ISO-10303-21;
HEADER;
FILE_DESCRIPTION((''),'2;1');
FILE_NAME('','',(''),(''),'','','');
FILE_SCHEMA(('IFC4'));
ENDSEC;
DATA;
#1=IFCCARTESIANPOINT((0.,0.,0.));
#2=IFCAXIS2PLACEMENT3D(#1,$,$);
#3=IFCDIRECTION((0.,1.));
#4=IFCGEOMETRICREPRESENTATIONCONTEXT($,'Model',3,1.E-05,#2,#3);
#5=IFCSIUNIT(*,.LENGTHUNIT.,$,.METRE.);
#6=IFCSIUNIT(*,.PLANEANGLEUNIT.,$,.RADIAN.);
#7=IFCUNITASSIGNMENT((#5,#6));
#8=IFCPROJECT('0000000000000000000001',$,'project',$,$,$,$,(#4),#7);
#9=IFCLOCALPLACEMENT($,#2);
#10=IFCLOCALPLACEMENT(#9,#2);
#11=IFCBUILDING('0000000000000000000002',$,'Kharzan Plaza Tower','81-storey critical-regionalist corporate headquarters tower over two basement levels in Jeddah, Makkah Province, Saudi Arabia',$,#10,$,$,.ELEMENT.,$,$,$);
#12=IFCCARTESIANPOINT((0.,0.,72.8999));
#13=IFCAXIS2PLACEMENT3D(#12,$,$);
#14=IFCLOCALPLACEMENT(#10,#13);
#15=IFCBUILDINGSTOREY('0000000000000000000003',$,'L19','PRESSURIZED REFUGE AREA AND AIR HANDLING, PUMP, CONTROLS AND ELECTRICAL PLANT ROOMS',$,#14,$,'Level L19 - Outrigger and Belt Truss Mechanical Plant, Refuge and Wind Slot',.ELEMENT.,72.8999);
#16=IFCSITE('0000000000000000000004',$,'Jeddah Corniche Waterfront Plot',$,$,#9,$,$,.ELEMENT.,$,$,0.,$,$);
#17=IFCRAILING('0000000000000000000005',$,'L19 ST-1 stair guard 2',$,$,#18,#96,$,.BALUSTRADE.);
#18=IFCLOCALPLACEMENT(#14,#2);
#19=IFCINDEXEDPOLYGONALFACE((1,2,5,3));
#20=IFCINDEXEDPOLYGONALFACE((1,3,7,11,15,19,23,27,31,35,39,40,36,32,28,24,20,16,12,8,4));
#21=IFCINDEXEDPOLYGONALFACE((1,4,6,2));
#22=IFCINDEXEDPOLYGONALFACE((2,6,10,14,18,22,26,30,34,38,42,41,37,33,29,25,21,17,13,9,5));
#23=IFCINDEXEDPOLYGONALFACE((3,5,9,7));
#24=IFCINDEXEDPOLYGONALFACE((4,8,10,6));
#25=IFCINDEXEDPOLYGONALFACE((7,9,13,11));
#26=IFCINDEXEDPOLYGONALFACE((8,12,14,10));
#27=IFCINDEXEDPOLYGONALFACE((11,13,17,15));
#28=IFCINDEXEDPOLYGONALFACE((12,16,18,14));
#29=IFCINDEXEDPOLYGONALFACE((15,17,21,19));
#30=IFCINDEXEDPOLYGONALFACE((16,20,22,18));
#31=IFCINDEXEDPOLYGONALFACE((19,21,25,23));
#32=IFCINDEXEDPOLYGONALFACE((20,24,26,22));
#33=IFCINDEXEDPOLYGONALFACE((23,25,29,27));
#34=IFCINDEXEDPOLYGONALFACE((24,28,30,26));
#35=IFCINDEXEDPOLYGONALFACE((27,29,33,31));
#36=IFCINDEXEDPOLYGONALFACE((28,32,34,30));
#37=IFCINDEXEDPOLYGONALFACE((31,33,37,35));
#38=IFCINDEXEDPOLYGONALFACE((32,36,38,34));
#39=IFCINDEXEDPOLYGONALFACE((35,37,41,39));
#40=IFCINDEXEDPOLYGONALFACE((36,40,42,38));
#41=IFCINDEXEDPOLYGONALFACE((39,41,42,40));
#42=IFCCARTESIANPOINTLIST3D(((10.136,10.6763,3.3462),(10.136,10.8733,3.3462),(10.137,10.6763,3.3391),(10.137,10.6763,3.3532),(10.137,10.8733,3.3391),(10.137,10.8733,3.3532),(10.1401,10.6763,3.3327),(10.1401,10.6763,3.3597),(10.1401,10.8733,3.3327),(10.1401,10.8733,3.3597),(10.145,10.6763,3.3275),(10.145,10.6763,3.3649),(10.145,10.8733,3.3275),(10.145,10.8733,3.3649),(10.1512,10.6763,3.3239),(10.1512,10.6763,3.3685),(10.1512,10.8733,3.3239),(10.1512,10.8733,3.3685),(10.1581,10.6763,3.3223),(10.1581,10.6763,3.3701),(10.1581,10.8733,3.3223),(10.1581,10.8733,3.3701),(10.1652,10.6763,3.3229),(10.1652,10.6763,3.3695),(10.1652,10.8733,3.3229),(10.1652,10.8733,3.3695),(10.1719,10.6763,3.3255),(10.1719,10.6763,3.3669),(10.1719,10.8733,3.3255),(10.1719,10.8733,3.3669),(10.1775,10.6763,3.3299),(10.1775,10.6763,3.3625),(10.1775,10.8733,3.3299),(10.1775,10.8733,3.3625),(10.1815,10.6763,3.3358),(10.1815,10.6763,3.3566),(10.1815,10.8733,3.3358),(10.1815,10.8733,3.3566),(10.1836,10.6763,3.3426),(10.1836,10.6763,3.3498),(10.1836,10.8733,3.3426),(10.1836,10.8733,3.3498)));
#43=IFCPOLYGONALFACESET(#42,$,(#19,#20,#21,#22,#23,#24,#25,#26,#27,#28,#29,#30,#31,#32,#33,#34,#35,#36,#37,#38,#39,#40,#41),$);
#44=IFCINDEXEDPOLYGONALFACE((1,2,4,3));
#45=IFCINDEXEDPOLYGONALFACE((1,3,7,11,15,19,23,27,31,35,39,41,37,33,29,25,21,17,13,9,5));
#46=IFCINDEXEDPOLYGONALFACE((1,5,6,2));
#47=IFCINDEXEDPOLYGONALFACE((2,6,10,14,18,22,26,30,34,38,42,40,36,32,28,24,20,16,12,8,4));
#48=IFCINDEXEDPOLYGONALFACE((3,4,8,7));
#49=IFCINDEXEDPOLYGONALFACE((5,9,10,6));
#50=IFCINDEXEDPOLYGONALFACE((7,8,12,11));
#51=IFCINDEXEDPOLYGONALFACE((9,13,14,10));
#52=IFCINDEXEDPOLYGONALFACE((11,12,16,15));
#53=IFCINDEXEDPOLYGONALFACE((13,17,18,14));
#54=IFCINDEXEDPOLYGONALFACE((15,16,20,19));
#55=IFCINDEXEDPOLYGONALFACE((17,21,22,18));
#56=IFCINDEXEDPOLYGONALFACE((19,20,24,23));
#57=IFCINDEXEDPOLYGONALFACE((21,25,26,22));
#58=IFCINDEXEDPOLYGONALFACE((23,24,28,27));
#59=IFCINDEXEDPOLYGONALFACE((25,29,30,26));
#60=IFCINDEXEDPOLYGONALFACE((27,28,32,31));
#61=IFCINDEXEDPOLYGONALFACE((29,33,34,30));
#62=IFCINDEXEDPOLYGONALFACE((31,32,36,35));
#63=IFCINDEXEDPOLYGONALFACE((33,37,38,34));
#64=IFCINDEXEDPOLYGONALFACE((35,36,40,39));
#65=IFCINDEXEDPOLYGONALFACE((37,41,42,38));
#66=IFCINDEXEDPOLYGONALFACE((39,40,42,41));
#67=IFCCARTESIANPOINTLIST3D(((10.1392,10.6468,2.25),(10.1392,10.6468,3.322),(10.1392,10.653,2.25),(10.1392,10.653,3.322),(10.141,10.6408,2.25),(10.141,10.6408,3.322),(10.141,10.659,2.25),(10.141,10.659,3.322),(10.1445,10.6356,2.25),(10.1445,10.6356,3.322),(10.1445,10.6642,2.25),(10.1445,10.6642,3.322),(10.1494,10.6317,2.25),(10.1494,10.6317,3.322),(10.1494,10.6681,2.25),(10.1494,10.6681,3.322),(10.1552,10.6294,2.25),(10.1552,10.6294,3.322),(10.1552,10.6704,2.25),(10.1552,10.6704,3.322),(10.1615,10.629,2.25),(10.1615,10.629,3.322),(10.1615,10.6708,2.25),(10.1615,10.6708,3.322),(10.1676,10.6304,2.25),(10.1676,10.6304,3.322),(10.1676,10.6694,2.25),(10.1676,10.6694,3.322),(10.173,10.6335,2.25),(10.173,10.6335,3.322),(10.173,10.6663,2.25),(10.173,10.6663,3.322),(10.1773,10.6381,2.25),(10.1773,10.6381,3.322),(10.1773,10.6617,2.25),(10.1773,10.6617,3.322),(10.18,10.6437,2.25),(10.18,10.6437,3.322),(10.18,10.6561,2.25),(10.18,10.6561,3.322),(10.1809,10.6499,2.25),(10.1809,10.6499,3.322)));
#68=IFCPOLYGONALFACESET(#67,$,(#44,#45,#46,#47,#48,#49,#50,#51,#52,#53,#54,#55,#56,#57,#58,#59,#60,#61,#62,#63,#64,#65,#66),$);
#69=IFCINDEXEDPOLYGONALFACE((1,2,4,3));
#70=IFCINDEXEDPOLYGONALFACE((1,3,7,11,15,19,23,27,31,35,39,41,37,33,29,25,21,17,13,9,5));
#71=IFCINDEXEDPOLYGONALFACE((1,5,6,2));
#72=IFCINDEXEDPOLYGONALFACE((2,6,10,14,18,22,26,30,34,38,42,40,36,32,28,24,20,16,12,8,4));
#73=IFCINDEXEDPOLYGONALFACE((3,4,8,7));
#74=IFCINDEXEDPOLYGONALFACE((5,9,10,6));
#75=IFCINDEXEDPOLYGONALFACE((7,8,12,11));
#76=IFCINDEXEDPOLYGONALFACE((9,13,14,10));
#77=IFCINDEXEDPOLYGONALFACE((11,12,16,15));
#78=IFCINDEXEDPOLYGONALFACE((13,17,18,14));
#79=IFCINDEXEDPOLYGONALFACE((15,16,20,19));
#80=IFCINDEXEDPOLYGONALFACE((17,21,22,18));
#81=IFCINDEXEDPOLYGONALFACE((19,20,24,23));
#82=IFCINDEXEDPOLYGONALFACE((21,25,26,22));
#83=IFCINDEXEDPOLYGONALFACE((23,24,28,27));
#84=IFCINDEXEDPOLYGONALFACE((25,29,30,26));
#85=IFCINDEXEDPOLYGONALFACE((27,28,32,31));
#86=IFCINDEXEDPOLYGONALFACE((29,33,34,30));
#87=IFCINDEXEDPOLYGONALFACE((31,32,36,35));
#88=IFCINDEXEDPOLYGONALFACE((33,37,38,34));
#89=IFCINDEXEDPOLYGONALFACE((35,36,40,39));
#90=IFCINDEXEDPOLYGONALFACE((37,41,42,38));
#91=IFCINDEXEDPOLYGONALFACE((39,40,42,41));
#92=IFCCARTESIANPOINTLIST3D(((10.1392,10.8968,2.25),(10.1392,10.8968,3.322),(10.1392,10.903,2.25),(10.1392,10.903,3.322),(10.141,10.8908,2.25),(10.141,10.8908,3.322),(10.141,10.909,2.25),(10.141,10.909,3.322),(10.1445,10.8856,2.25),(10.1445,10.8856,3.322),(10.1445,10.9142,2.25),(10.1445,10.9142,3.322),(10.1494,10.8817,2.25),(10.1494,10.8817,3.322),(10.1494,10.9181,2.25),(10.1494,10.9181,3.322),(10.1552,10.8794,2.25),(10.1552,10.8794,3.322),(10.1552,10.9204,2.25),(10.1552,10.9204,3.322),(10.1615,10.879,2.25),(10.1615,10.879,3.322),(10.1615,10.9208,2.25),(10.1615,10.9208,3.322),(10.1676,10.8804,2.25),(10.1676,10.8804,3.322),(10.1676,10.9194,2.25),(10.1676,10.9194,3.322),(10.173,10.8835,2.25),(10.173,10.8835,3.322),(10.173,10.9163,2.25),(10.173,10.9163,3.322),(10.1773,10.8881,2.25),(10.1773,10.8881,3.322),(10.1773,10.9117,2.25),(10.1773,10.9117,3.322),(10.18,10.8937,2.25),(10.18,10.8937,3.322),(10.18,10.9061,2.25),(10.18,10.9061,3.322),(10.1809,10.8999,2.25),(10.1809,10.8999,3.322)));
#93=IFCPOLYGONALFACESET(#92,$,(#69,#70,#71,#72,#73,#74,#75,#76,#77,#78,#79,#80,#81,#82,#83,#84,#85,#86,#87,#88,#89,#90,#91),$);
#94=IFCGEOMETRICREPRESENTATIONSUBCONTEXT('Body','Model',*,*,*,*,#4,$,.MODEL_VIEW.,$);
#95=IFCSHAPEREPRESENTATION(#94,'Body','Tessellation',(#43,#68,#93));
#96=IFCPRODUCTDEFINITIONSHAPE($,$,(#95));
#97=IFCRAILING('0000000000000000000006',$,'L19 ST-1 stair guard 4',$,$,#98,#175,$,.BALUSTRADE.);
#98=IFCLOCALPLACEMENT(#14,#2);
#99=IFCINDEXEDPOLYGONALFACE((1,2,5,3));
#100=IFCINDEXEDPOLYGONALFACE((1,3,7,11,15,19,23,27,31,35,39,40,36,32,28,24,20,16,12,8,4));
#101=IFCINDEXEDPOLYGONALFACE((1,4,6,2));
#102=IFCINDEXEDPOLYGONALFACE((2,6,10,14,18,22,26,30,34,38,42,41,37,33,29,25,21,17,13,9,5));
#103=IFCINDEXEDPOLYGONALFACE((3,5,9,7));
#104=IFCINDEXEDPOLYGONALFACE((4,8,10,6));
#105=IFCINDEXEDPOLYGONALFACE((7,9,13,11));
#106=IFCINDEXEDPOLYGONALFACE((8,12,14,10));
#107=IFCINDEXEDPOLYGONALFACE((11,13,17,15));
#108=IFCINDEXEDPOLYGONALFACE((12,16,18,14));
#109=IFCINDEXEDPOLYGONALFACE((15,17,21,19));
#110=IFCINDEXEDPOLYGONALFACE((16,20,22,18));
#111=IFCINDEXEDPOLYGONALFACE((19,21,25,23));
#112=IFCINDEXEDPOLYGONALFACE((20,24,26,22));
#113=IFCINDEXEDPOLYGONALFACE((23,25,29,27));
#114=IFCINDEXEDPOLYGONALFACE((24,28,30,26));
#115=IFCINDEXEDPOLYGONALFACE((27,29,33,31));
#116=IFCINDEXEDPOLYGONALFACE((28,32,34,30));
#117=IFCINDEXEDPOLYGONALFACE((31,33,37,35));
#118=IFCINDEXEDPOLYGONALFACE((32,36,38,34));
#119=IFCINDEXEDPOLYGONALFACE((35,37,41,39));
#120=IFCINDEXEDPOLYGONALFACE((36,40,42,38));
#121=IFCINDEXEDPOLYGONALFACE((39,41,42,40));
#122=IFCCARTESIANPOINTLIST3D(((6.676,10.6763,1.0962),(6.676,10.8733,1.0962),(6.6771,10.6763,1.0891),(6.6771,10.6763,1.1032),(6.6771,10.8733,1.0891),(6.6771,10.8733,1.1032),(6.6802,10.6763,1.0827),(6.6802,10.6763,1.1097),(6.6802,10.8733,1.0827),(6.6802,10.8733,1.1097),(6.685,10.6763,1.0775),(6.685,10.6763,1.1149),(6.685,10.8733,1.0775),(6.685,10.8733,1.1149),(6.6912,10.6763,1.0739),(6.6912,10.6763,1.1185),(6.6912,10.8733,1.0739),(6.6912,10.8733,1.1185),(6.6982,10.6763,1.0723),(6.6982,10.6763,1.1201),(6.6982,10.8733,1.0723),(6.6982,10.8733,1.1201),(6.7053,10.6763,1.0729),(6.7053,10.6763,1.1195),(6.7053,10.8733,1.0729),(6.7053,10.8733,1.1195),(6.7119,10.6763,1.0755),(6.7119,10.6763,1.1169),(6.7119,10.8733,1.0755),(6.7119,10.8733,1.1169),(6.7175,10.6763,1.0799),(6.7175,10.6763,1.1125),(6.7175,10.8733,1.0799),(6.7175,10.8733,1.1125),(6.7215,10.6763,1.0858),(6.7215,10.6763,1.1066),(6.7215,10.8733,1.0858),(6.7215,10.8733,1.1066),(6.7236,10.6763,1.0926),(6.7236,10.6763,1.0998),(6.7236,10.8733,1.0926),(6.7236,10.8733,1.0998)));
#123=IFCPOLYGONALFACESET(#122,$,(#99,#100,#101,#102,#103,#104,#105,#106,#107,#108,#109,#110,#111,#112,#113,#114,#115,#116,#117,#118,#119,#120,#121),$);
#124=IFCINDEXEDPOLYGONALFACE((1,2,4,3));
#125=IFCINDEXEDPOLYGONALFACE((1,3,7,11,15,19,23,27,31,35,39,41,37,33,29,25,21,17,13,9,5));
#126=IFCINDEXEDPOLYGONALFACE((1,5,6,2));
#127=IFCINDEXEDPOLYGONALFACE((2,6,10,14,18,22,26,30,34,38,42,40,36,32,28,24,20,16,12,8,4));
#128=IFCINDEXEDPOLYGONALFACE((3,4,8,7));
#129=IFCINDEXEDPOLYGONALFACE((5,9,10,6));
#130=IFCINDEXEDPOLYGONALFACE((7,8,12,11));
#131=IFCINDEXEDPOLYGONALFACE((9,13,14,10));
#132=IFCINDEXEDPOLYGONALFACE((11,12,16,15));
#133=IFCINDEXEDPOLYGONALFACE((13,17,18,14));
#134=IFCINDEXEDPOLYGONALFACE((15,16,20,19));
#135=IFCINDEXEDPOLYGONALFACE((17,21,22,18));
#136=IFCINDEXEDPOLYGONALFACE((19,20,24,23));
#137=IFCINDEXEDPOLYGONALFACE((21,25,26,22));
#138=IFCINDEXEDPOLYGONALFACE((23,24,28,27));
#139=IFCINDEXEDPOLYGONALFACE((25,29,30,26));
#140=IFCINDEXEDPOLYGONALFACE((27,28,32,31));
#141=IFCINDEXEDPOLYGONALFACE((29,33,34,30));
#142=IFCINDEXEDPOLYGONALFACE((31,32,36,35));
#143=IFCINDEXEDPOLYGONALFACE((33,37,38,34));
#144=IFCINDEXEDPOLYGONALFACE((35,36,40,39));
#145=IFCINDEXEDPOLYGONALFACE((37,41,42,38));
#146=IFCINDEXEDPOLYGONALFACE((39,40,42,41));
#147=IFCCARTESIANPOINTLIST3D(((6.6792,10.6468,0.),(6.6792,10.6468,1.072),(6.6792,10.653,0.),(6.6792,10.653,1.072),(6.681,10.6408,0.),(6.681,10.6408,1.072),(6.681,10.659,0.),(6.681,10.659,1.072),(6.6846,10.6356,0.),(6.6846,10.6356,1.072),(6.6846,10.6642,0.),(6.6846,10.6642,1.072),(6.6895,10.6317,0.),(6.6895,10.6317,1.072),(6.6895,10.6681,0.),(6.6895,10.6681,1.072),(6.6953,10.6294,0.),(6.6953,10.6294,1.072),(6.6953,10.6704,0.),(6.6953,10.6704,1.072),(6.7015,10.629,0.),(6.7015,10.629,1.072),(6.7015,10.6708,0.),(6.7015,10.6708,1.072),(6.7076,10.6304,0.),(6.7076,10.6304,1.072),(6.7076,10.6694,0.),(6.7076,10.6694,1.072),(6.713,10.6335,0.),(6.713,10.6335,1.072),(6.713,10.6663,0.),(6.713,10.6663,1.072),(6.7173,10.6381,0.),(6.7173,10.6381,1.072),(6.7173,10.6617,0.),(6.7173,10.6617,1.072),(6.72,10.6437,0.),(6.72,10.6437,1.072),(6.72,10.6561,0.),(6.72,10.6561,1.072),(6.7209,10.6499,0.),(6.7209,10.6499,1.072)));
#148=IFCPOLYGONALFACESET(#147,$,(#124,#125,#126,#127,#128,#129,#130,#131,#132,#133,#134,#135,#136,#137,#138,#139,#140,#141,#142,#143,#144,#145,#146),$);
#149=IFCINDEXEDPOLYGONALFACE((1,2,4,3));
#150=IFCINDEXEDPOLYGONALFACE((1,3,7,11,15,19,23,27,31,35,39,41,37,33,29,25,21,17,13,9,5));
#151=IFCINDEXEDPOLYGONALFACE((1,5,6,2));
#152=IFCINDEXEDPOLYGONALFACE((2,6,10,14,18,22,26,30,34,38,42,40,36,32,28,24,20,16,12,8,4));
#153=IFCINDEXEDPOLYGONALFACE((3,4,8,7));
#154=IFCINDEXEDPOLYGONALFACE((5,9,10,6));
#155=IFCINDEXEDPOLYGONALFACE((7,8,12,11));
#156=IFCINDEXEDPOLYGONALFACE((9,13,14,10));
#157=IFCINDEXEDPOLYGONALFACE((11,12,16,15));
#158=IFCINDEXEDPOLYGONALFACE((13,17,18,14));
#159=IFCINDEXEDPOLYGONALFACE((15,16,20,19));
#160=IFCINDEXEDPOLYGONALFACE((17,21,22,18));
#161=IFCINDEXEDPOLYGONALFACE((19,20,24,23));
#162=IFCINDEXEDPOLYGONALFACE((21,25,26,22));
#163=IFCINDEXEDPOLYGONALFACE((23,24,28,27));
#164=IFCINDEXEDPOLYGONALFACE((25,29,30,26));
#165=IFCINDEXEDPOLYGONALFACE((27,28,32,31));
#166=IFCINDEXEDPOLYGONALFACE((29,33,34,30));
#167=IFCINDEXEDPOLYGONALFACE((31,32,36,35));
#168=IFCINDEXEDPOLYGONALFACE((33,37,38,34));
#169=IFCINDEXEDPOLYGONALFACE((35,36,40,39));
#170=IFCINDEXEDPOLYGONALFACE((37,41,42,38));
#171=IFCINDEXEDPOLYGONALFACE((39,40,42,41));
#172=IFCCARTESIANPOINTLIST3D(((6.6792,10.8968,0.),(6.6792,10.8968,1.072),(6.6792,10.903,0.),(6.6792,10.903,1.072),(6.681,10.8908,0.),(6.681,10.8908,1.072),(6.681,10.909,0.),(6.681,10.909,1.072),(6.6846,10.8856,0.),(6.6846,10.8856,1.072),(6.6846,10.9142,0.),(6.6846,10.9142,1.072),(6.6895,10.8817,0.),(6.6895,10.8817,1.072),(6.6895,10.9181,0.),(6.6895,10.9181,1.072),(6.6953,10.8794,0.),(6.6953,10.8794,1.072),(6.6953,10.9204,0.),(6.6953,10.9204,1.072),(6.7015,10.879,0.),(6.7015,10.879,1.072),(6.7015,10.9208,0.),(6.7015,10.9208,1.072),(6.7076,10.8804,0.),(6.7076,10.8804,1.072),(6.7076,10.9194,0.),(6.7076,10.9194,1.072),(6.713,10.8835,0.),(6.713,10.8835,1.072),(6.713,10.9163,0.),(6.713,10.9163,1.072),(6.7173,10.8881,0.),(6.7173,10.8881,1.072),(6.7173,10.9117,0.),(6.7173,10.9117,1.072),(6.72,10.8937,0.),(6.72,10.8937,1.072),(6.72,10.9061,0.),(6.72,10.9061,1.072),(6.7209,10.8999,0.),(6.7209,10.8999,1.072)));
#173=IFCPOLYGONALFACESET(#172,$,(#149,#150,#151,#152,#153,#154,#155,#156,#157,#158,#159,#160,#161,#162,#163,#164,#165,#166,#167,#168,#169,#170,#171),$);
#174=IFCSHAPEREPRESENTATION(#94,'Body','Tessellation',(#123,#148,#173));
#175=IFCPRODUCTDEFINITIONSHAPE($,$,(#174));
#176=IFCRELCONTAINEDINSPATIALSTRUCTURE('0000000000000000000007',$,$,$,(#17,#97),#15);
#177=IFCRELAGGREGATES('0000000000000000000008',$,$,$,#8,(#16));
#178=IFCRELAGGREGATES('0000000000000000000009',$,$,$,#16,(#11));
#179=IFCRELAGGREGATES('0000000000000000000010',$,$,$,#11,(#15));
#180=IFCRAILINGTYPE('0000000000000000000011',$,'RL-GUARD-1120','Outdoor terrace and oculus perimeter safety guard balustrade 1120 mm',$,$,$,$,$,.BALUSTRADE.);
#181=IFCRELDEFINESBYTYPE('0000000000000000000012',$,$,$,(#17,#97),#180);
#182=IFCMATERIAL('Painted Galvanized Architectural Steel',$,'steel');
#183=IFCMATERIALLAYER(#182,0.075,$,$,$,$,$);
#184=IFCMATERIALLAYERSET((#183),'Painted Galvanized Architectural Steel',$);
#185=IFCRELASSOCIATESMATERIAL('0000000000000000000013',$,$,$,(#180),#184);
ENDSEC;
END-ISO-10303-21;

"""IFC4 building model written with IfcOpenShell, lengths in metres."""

from ifc_helpers import new_model, si_unit, direction, frame, origin, origin_2d, place, context, subcontext, project, spatial, circle, extrude, source, transform, mapped, material, layer, layer_set, type_object, element, save


model = new_model("IFC4")

# Units and contexts
model_context = context("Model", 3, precision=1e-05, world=origin(), true_north=direction((0.0, 1.0)))
body_context = subcontext(model_context, "Body", "Model", "MODEL_VIEW")
ifc_project = project(units=[si_unit("LENGTHUNIT", "METRE"), si_unit("PLANEANGLEUNIT", "RADIAN")], contexts=[model_context])

# Site, building, storey
site_placement = place(None, origin())
site = spatial("IfcSite", under=ifc_project, at=site_placement, Name="Jeddah Corniche Waterfront Plot", CompositionType="ELEMENT", RefElevation=0.0)
building_placement = place(site_placement, origin())
building = spatial("IfcBuilding", under=site, at=building_placement, Name="Kharzan Plaza Tower", Description="81-storey critical-regionalist corporate headquarters tower over two basement levels in Jeddah, Makkah Province, Saudi Arabia", CompositionType="ELEMENT")
storey_placement = place(building_placement, frame((0.0, 0.0, 72.8999)))
storey = spatial("IfcBuildingStorey", under=building, at=storey_placement, Name="L19", Description="PRESSURIZED REFUGE AREA AND AIR HANDLING, PUMP, CONTROLS AND ELECTRICAL PLANT ROOMS", LongName="Level L19 - Outrigger and Belt Truss Mechanical Plant, Refuge and Wind Slot", CompositionType="ELEMENT", Elevation=72.8999)

# Railings
ifc_material_1 = material(Name="Painted Galvanized Architectural Steel", Category="steel")
ifc_layer_1 = layer(ifc_material_1, 0.075)
ifc_layer_set_1 = layer_set([ifc_layer_1], Name="Painted Galvanized Architectural Steel")
railing_type_1 = type_object("IfcRailingType", Name="RL-GUARD-1120", Description="Outdoor terrace and oculus perimeter safety guard balustrade 1120 mm", PredefinedType="BALUSTRADE", material=ifc_layer_set_1)
shared_shape_1 = source(origin(), body_context, "Body", "SweptSolid", [
    extrude(circle(Radius=0.0239, at=origin_2d()), frame((0.0, 0.0264, 1.0962), z_axis=(0.0, 1.0, 0.0), x_axis=(-1.0, 0.0, 0.0)), (0.0, 0.0, 1.0), 0.197),
    extrude(circle(Radius=0.021, at=origin_2d()), origin(), (0.0, 0.0, 1.0), 1.072),
    extrude(circle(Radius=0.021, at=origin_2d()), frame((0.0, 0.25, 0.0)), (0.0, 0.0, 1.0), 1.072),
])
for number, where, name in (
    (1, (10.1599, 10.6499, 2.25), "L19 ST-1 stair guard 2"),
    (2, (6.7, 10.6499, 0.0), "L19 ST-1 stair guard 4"),
):
    element("IfcRailing", number, at=place(storey_placement, frame(where)), inside=storey, type_object=railing_type_1, Name=name, PredefinedType="BALUSTRADE", context=body_context, shape_type="MappedRepresentation", body=[
        mapped(shared_shape_1, transform((0.0, 0.0, 0.0), x_axis=(1.0, 0.0, 0.0), y_axis=(0.0, 1.0, 0.0), z_axis=(0.0, 0.0, 1.0))),
    ])

save(model, "model.ifc")
